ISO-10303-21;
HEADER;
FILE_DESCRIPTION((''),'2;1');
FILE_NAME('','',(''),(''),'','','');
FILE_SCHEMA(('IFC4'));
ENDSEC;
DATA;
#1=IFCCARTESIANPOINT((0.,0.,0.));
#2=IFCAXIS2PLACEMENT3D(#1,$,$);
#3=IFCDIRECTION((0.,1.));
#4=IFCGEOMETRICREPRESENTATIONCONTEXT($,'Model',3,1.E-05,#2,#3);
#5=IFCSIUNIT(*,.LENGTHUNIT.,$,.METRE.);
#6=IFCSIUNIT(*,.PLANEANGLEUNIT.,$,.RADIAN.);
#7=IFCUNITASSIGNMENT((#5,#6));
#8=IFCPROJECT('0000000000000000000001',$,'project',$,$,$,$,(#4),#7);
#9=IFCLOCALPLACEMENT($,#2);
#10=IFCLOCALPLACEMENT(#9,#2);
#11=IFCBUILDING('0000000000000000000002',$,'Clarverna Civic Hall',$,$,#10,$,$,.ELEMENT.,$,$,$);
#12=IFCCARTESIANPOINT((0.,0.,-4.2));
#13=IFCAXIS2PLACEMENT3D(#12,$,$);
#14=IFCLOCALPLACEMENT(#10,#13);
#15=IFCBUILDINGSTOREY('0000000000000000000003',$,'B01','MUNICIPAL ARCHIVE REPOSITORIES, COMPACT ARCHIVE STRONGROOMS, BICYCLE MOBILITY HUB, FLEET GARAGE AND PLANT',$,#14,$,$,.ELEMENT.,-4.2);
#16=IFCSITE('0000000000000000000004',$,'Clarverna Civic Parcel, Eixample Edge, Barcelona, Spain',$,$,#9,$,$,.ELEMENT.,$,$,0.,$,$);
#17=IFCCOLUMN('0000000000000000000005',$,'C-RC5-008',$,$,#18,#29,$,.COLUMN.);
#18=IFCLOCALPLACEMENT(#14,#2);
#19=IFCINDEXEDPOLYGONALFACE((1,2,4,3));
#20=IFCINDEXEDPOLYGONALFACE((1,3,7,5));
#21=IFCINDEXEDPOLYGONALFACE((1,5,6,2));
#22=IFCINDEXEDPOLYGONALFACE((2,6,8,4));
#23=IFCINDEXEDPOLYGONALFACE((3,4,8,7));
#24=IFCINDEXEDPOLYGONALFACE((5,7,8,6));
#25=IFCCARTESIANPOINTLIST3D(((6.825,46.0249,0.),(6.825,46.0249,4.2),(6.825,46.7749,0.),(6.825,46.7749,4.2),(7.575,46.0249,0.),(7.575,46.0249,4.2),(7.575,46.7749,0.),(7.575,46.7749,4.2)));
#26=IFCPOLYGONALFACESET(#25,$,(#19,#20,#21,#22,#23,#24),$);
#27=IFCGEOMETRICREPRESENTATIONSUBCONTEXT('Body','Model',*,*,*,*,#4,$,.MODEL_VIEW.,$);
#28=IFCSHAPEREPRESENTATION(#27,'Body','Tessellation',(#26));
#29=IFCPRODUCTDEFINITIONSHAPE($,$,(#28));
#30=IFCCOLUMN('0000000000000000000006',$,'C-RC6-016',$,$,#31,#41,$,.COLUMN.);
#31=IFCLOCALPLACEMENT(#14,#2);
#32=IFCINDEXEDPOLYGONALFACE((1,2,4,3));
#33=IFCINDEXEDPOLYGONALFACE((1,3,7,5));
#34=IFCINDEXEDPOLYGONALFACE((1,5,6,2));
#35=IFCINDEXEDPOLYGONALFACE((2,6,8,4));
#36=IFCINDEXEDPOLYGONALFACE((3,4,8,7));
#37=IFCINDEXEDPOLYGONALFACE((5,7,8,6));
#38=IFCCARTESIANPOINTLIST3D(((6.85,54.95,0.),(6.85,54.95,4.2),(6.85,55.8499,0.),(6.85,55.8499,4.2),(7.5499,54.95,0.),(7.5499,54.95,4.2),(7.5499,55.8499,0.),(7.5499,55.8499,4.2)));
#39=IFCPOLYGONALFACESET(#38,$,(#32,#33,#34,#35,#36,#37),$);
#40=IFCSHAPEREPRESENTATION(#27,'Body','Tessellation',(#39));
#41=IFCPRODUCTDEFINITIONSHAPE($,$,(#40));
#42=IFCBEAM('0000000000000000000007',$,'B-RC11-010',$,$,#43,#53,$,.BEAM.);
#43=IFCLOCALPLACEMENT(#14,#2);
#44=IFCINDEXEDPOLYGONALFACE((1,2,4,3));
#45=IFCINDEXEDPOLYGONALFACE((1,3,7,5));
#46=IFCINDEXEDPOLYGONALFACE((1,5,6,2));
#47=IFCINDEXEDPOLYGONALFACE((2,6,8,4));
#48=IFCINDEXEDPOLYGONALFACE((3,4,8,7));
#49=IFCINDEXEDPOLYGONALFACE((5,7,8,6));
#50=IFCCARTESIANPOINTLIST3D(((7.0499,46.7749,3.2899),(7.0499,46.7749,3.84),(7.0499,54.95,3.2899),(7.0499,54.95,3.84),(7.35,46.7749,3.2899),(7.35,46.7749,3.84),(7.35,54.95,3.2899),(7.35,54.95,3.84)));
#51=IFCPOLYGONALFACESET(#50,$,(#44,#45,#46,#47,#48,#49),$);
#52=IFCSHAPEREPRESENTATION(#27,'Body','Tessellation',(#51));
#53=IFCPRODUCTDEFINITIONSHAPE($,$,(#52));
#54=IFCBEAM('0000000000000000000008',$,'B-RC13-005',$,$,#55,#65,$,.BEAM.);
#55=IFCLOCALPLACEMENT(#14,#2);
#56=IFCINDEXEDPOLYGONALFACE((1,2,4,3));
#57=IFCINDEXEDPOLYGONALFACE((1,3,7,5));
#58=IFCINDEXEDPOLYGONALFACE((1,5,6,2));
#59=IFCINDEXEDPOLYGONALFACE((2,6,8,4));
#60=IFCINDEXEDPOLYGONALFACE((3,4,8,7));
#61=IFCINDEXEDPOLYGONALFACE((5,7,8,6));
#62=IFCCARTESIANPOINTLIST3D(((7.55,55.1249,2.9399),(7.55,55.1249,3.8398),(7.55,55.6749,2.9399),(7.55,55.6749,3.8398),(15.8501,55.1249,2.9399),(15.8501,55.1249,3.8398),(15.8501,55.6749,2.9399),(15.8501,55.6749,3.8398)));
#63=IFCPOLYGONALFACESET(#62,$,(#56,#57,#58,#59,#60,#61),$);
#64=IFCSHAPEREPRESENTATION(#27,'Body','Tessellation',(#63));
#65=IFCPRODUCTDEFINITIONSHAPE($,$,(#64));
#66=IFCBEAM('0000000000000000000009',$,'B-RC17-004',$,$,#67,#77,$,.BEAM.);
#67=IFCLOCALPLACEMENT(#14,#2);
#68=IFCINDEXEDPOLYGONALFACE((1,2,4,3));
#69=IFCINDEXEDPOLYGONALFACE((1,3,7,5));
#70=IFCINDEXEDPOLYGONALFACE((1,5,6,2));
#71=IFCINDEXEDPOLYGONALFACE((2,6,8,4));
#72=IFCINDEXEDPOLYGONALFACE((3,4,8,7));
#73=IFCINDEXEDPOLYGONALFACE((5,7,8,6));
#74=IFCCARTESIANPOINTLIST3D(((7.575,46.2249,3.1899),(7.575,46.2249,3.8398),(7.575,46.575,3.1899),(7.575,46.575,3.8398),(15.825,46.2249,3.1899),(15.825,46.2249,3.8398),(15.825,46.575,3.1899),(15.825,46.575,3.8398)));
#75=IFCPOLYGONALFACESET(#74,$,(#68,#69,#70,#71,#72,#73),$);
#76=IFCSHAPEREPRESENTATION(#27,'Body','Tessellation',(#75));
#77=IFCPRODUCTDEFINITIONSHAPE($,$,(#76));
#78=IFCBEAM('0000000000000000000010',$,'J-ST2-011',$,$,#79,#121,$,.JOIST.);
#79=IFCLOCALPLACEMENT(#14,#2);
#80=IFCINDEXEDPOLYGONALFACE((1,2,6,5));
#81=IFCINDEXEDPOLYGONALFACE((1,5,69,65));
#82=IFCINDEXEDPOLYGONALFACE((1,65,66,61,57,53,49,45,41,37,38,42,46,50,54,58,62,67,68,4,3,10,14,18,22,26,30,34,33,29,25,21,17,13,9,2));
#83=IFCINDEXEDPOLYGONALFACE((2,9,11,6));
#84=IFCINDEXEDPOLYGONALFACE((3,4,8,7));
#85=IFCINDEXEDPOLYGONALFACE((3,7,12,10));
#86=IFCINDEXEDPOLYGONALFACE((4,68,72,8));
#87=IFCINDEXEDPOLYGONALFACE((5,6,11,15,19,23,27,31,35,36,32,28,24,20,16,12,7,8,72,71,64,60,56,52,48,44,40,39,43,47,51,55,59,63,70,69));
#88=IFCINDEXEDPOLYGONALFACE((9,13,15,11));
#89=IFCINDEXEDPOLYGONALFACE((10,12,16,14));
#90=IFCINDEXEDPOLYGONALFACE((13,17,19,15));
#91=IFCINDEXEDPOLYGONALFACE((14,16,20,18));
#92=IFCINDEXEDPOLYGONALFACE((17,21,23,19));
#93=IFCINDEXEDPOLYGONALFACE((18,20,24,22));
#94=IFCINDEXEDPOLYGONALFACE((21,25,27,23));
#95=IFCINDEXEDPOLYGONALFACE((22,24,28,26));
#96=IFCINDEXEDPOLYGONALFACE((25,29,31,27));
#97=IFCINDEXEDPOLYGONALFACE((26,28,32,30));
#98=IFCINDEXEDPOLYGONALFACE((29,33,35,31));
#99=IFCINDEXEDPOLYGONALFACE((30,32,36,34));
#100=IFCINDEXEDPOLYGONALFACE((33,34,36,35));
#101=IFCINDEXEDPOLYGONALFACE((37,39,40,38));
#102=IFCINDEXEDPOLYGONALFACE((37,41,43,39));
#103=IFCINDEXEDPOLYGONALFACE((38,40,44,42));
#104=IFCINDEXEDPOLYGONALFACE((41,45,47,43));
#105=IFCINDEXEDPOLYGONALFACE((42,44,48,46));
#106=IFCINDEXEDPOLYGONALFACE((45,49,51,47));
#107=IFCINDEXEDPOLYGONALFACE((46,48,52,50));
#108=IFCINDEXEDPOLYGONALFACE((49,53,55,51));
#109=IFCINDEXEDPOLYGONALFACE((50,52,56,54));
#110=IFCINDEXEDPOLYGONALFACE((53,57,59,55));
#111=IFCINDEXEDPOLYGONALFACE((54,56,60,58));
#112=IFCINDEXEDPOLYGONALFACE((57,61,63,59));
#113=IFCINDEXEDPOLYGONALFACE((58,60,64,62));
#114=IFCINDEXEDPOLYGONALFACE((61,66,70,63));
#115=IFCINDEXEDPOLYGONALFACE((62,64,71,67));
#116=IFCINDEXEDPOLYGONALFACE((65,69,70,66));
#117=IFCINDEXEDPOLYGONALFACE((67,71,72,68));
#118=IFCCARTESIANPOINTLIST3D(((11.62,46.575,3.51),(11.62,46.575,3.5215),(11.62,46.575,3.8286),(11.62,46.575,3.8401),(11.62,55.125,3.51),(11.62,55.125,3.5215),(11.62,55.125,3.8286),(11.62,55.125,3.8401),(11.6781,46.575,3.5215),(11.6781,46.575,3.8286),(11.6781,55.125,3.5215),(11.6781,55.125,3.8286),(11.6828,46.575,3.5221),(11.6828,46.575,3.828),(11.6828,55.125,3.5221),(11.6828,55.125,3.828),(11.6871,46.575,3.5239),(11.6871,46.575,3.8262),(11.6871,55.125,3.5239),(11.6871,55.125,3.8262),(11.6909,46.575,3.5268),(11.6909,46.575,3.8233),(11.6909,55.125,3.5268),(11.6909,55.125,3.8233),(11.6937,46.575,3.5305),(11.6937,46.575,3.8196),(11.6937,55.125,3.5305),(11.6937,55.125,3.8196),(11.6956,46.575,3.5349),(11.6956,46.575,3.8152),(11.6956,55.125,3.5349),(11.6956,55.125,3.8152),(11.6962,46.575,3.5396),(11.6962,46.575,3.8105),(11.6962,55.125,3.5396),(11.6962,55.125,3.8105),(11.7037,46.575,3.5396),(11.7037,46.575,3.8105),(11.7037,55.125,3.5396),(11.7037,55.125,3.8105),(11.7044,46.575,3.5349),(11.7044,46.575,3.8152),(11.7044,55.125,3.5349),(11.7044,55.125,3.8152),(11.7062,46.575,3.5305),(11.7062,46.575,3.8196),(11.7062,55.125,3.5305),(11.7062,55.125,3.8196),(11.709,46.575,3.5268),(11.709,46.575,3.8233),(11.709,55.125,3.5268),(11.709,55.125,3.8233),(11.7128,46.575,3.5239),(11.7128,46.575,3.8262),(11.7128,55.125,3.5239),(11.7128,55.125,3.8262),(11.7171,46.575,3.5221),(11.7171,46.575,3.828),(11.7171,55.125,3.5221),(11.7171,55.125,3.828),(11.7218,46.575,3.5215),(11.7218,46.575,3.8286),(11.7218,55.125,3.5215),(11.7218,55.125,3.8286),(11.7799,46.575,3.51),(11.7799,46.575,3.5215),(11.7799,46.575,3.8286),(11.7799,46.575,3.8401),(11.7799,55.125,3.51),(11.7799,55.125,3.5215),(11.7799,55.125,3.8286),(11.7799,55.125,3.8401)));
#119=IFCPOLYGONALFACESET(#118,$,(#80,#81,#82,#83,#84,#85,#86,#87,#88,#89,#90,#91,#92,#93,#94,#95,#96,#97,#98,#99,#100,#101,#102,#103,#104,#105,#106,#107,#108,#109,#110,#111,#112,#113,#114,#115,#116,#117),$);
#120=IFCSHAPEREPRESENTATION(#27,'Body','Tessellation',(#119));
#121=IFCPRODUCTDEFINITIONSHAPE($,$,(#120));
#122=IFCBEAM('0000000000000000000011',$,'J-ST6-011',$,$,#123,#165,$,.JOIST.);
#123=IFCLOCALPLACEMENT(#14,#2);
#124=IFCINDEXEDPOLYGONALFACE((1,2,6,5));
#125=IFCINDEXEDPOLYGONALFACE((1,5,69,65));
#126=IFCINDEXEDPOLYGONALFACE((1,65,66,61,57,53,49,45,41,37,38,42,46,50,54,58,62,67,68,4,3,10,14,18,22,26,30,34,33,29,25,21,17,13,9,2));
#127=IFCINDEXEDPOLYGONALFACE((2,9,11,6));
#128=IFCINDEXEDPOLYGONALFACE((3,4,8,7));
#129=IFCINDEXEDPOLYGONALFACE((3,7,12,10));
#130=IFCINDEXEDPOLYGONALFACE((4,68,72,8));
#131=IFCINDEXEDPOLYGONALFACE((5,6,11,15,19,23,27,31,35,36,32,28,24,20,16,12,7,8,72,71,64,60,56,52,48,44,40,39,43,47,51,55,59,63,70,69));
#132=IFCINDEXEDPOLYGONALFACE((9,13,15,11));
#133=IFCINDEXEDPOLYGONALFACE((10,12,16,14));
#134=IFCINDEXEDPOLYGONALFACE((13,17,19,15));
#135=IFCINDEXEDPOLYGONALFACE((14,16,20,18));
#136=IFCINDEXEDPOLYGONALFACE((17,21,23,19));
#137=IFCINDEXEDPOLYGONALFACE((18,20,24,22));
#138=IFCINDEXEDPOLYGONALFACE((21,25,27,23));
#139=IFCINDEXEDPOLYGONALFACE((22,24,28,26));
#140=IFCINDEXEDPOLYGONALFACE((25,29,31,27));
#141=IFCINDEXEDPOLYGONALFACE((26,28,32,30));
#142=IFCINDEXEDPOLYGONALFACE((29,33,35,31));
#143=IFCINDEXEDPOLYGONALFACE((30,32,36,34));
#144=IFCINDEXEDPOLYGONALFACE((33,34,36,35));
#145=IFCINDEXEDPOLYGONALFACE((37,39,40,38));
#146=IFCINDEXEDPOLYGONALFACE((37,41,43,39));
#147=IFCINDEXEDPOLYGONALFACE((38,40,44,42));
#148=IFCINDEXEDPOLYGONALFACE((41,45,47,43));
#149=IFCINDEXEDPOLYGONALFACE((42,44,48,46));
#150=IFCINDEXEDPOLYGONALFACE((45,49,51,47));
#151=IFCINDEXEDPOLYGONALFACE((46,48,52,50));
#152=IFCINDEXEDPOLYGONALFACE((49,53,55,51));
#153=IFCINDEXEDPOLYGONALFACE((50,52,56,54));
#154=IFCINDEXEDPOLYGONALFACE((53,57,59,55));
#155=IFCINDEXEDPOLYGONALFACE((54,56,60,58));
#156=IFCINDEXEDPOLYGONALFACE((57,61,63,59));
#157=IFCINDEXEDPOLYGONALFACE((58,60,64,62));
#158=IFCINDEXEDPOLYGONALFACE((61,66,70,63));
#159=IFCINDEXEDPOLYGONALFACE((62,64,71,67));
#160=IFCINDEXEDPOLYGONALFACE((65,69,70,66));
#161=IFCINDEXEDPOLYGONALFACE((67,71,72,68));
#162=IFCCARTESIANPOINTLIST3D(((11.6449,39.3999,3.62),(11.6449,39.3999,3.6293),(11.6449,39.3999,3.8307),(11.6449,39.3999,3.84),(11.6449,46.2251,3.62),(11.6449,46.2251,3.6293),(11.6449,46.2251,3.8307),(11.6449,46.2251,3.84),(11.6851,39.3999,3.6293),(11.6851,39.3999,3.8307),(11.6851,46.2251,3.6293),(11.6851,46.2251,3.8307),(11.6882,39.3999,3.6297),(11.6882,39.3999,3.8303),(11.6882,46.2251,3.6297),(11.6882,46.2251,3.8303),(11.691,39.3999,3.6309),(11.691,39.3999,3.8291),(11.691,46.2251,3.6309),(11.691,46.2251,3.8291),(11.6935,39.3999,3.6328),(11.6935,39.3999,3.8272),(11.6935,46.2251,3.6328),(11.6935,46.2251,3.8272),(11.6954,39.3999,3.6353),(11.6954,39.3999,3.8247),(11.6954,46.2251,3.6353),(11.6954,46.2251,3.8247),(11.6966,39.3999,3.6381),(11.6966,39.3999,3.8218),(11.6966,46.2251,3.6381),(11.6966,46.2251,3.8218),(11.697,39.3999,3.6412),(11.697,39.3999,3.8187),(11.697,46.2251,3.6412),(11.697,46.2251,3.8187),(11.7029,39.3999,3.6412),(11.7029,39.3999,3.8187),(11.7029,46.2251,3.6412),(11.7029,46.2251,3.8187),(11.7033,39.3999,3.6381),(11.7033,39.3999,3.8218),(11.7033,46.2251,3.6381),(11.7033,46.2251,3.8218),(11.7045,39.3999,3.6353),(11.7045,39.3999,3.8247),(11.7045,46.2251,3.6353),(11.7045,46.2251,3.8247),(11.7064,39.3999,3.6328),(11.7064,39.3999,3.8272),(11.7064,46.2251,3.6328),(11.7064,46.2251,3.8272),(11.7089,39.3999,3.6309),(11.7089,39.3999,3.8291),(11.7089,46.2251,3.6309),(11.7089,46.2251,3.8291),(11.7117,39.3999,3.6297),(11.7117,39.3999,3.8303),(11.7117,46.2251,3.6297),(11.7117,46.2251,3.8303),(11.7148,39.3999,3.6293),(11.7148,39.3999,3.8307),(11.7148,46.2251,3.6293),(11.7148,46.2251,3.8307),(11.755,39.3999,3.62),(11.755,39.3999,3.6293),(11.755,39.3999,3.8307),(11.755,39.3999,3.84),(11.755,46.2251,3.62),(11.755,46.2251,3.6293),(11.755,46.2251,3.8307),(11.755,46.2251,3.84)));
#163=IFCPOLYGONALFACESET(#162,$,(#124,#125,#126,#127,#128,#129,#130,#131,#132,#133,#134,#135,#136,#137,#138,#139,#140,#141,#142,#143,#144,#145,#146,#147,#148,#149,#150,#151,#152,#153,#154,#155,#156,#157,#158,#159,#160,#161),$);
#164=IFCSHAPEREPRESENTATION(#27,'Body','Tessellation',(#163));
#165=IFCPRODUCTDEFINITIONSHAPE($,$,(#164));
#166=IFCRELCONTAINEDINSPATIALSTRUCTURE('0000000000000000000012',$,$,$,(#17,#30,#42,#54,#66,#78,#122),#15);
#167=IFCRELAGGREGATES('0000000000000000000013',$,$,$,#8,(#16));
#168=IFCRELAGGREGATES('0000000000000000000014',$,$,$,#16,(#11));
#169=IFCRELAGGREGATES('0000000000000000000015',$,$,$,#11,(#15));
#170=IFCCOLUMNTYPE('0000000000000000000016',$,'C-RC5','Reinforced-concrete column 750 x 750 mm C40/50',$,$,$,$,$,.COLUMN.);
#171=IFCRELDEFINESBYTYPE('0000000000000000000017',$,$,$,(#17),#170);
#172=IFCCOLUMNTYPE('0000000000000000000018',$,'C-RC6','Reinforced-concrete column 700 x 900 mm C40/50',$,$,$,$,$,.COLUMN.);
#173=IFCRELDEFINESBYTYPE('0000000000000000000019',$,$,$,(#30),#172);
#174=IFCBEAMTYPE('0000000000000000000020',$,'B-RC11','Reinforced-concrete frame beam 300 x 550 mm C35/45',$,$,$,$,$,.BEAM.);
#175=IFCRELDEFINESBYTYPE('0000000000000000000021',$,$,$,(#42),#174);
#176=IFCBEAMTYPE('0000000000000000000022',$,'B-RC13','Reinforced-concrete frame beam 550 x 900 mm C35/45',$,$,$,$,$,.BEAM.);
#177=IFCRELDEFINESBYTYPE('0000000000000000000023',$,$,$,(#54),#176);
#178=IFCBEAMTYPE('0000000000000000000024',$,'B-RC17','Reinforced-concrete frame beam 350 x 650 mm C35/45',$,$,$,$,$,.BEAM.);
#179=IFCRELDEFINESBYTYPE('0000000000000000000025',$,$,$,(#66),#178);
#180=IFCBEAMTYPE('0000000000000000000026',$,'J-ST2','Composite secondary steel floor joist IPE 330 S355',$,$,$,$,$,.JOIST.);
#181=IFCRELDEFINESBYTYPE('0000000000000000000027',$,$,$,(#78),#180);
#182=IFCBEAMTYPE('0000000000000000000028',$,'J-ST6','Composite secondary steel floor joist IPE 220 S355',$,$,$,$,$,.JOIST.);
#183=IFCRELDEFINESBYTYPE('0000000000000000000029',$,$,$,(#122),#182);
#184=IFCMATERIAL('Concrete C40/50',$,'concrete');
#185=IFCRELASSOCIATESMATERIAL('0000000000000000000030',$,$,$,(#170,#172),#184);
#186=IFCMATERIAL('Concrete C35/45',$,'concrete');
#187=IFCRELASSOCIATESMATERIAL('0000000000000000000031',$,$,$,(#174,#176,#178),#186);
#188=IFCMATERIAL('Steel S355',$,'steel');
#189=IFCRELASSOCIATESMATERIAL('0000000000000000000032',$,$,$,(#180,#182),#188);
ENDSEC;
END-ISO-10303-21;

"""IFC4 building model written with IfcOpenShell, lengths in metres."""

from ifc_helpers import new_model, si_unit, direction, frame, origin, origin_2d, place, context, subcontext, project, spatial, rectangle, i_section, extrude, material, material_profile, profile_set, type_object, element, save


model = new_model("IFC4")

# Units and contexts
model_context = context("Model", 3, precision=1e-05, world=origin(), true_north=direction((0.0, 1.0)))
body_context = subcontext(model_context, "Body", "Model", "MODEL_VIEW")
ifc_project = project(units=[si_unit("LENGTHUNIT", "METRE"), si_unit("PLANEANGLEUNIT", "RADIAN")], contexts=[model_context])

# Site, building, storey
site_placement = place(None, origin())
site = spatial("IfcSite", under=ifc_project, at=site_placement, Name="Clarverna Civic Parcel, Eixample Edge, Barcelona, Spain", CompositionType="ELEMENT", RefElevation=0.0)
building_placement = place(site_placement, origin())
building = spatial("IfcBuilding", under=site, at=building_placement, Name="Clarverna Civic Hall", CompositionType="ELEMENT")
storey_placement = place(building_placement, frame((0.0, 0.0, -4.2)))
storey = spatial("IfcBuildingStorey", under=building, at=storey_placement, Name="B01", Description="MUNICIPAL ARCHIVE REPOSITORIES, COMPACT ARCHIVE STRONGROOMS, BICYCLE MOBILITY HUB, FLEET GARAGE AND PLANT", CompositionType="ELEMENT", Elevation=-4.2)

# Columns
ifc_material_1 = material(Name="Concrete C40/50", Category="concrete")
ifc_material_profile_1 = material_profile(ifc_material_1, rectangle(XDim=0.75, YDim=0.75, at=origin_2d()), Name="RC 750x750")
ifc_profile_set_1 = profile_set([ifc_material_profile_1], Name="Concrete C40/50")
column_type_1 = type_object("IfcColumnType", Name="C-RC5", Description="Reinforced-concrete column 750 x 750 mm C40/50", PredefinedType="COLUMN", material=ifc_profile_set_1)
column_1_placement = place(storey_placement, frame((7.2, 46.3999, 0.0), z_axis=(0.0, 0.0, 1.0), x_axis=(1.0, 0.0, 0.0)))
element("IfcColumn", 1, at=column_1_placement, inside=storey, type_object=column_type_1, Name="C-RC5-008", PredefinedType="COLUMN", context=body_context, shape_type="SweptSolid", body=[
    extrude(rectangle(XDim=0.75, YDim=0.75, at=origin_2d()), origin(), (0.0, 0.0, 1.0), 4.2),
])
ifc_material_profile_2 = material_profile(ifc_material_1, rectangle(XDim=0.7, YDim=0.8999, at=origin_2d()), Name="RC 700x900")
ifc_profile_set_2 = profile_set([ifc_material_profile_2], Name="Concrete C40/50")
column_type_2 = type_object("IfcColumnType", Name="C-RC6", Description="Reinforced-concrete column 700 x 900 mm C40/50", PredefinedType="COLUMN", material=ifc_profile_set_2)
column_2_placement = place(storey_placement, frame((7.2, 55.3999, 0.0), z_axis=(0.0, 0.0, 1.0), x_axis=(1.0, 0.0, 0.0)))
element("IfcColumn", 2, at=column_2_placement, inside=storey, type_object=column_type_2, Name="C-RC6-016", PredefinedType="COLUMN", context=body_context, shape_type="SweptSolid", body=[
    extrude(rectangle(XDim=0.7, YDim=0.8999, at=origin_2d()), origin(), (0.0, 0.0, 1.0), 4.2),
])

# Beams
ifc_material_2 = material(Name="Concrete C35/45", Category="concrete")
ifc_material_profile_3 = material_profile(ifc_material_2, rectangle(XDim=0.3, YDim=0.55, at=origin_2d()), Name="RC 300x550")
ifc_profile_set_3 = profile_set([ifc_material_profile_3], Name="Concrete C35/45")
beam_type_1 = type_object("IfcBeamType", Name="B-RC11", Description="Reinforced-concrete frame beam 300 x 550 mm C35/45", PredefinedType="BEAM", material=ifc_profile_set_3)
beam_1_placement = place(storey_placement, frame((7.2, 46.7749, 3.5649), z_axis=(0.0, 1.0, 0.0), x_axis=(-1.0, 0.0, 0.0)))
element("IfcBeam", 3, at=beam_1_placement, inside=storey, type_object=beam_type_1, Name="B-RC11-010", PredefinedType="BEAM", context=body_context, shape_type="SweptSolid", body=[
    extrude(rectangle(XDim=0.3, YDim=0.55, at=origin_2d()), origin(), (0.0, 0.0, 1.0), 8.175),
])
ifc_material_profile_4 = material_profile(ifc_material_2, rectangle(XDim=0.55, YDim=0.8999, at=origin_2d()), Name="RC 550x900")
ifc_profile_set_4 = profile_set([ifc_material_profile_4], Name="Concrete C35/45")
beam_type_2 = type_object("IfcBeamType", Name="B-RC13", Description="Reinforced-concrete frame beam 550 x 900 mm C35/45", PredefinedType="BEAM", material=ifc_profile_set_4)
beam_2_placement = place(storey_placement, frame((7.55, 55.3999, 3.3899), z_axis=(1.0, 0.0, 0.0), x_axis=(0.0, 1.0, 0.0)))
element("IfcBeam", 4, at=beam_2_placement, inside=storey, type_object=beam_type_2, Name="B-RC13-005", PredefinedType="BEAM", context=body_context, shape_type="SweptSolid", body=[
    extrude(rectangle(XDim=0.55, YDim=0.8999, at=origin_2d()), origin(), (0.0, 0.0, 1.0), 8.3),
])
ifc_material_profile_5 = material_profile(ifc_material_2, rectangle(XDim=0.3501, YDim=0.6499, at=origin_2d()), Name="RC 350x650")
ifc_profile_set_5 = profile_set([ifc_material_profile_5], Name="Concrete C35/45")
beam_type_3 = type_object("IfcBeamType", Name="B-RC17", Description="Reinforced-concrete frame beam 350 x 650 mm C35/45", PredefinedType="BEAM", material=ifc_profile_set_5)
beam_3_placement = place(storey_placement, frame((7.575, 46.3999, 3.5149), z_axis=(1.0, 0.0, 0.0), x_axis=(0.0, 1.0, 0.0)))
element("IfcBeam", 5, at=beam_3_placement, inside=storey, type_object=beam_type_3, Name="B-RC17-004", PredefinedType="BEAM", context=body_context, shape_type="SweptSolid", body=[
    extrude(rectangle(XDim=0.3501, YDim=0.6499, at=origin_2d()), origin(), (0.0, 0.0, 1.0), 8.25),
])
ifc_material_3 = material(Name="Steel S355", Category="steel")
ifc_material_profile_6 = material_profile(ifc_material_3, i_section(OverallWidth=0.1599, OverallDepth=0.3301, WebThickness=0.0076, FlangeThickness=0.0115, FilletRadius=0.0181, at=origin_2d()), Name="IPE 330")
ifc_profile_set_6 = profile_set([ifc_material_profile_6], Name="Steel S355")
beam_type_4 = type_object("IfcBeamType", Name="J-ST2", Description="Composite secondary steel floor joist IPE 330 S355", PredefinedType="JOIST", material=ifc_profile_set_6)
beam_4_placement = place(storey_placement, frame((11.7, 46.575, 3.675), z_axis=(0.0, 1.0, 0.0), x_axis=(-1.0, 0.0, 0.0)))
element("IfcBeam", 6, at=beam_4_placement, inside=storey, type_object=beam_type_4, Name="J-ST2-011", PredefinedType="JOIST", context=body_context, shape_type="SweptSolid", body=[
    extrude(i_section(OverallWidth=0.1599, OverallDepth=0.3301, WebThickness=0.0076, FlangeThickness=0.0115, FilletRadius=0.0181, at=origin_2d()), origin(), (0.0, 0.0, 1.0), 8.55),
])
ifc_material_profile_7 = material_profile(ifc_material_3, i_section(OverallWidth=0.1101, OverallDepth=0.22, WebThickness=0.0059, FlangeThickness=0.0093, FilletRadius=0.012, at=origin_2d()), Name="IPE 220")
ifc_profile_set_7 = profile_set([ifc_material_profile_7], Name="Steel S355")
beam_type_5 = type_object("IfcBeamType", Name="J-ST6", Description="Composite secondary steel floor joist IPE 220 S355", PredefinedType="JOIST", material=ifc_profile_set_7)
beam_5_placement = place(storey_placement, frame((11.7, 39.3999, 3.73), z_axis=(0.0, 1.0, 0.0), x_axis=(-1.0, 0.0, 0.0)))
element("IfcBeam", 7, at=beam_5_placement, inside=storey, type_object=beam_type_5, Name="J-ST6-011", PredefinedType="JOIST", context=body_context, shape_type="SweptSolid", body=[
    extrude(i_section(OverallWidth=0.1101, OverallDepth=0.22, WebThickness=0.0059, FlangeThickness=0.0093, FilletRadius=0.012, at=origin_2d()), origin(), (0.0, 0.0, 1.0), 6.8252),
])

save(model, "model.ifc")
